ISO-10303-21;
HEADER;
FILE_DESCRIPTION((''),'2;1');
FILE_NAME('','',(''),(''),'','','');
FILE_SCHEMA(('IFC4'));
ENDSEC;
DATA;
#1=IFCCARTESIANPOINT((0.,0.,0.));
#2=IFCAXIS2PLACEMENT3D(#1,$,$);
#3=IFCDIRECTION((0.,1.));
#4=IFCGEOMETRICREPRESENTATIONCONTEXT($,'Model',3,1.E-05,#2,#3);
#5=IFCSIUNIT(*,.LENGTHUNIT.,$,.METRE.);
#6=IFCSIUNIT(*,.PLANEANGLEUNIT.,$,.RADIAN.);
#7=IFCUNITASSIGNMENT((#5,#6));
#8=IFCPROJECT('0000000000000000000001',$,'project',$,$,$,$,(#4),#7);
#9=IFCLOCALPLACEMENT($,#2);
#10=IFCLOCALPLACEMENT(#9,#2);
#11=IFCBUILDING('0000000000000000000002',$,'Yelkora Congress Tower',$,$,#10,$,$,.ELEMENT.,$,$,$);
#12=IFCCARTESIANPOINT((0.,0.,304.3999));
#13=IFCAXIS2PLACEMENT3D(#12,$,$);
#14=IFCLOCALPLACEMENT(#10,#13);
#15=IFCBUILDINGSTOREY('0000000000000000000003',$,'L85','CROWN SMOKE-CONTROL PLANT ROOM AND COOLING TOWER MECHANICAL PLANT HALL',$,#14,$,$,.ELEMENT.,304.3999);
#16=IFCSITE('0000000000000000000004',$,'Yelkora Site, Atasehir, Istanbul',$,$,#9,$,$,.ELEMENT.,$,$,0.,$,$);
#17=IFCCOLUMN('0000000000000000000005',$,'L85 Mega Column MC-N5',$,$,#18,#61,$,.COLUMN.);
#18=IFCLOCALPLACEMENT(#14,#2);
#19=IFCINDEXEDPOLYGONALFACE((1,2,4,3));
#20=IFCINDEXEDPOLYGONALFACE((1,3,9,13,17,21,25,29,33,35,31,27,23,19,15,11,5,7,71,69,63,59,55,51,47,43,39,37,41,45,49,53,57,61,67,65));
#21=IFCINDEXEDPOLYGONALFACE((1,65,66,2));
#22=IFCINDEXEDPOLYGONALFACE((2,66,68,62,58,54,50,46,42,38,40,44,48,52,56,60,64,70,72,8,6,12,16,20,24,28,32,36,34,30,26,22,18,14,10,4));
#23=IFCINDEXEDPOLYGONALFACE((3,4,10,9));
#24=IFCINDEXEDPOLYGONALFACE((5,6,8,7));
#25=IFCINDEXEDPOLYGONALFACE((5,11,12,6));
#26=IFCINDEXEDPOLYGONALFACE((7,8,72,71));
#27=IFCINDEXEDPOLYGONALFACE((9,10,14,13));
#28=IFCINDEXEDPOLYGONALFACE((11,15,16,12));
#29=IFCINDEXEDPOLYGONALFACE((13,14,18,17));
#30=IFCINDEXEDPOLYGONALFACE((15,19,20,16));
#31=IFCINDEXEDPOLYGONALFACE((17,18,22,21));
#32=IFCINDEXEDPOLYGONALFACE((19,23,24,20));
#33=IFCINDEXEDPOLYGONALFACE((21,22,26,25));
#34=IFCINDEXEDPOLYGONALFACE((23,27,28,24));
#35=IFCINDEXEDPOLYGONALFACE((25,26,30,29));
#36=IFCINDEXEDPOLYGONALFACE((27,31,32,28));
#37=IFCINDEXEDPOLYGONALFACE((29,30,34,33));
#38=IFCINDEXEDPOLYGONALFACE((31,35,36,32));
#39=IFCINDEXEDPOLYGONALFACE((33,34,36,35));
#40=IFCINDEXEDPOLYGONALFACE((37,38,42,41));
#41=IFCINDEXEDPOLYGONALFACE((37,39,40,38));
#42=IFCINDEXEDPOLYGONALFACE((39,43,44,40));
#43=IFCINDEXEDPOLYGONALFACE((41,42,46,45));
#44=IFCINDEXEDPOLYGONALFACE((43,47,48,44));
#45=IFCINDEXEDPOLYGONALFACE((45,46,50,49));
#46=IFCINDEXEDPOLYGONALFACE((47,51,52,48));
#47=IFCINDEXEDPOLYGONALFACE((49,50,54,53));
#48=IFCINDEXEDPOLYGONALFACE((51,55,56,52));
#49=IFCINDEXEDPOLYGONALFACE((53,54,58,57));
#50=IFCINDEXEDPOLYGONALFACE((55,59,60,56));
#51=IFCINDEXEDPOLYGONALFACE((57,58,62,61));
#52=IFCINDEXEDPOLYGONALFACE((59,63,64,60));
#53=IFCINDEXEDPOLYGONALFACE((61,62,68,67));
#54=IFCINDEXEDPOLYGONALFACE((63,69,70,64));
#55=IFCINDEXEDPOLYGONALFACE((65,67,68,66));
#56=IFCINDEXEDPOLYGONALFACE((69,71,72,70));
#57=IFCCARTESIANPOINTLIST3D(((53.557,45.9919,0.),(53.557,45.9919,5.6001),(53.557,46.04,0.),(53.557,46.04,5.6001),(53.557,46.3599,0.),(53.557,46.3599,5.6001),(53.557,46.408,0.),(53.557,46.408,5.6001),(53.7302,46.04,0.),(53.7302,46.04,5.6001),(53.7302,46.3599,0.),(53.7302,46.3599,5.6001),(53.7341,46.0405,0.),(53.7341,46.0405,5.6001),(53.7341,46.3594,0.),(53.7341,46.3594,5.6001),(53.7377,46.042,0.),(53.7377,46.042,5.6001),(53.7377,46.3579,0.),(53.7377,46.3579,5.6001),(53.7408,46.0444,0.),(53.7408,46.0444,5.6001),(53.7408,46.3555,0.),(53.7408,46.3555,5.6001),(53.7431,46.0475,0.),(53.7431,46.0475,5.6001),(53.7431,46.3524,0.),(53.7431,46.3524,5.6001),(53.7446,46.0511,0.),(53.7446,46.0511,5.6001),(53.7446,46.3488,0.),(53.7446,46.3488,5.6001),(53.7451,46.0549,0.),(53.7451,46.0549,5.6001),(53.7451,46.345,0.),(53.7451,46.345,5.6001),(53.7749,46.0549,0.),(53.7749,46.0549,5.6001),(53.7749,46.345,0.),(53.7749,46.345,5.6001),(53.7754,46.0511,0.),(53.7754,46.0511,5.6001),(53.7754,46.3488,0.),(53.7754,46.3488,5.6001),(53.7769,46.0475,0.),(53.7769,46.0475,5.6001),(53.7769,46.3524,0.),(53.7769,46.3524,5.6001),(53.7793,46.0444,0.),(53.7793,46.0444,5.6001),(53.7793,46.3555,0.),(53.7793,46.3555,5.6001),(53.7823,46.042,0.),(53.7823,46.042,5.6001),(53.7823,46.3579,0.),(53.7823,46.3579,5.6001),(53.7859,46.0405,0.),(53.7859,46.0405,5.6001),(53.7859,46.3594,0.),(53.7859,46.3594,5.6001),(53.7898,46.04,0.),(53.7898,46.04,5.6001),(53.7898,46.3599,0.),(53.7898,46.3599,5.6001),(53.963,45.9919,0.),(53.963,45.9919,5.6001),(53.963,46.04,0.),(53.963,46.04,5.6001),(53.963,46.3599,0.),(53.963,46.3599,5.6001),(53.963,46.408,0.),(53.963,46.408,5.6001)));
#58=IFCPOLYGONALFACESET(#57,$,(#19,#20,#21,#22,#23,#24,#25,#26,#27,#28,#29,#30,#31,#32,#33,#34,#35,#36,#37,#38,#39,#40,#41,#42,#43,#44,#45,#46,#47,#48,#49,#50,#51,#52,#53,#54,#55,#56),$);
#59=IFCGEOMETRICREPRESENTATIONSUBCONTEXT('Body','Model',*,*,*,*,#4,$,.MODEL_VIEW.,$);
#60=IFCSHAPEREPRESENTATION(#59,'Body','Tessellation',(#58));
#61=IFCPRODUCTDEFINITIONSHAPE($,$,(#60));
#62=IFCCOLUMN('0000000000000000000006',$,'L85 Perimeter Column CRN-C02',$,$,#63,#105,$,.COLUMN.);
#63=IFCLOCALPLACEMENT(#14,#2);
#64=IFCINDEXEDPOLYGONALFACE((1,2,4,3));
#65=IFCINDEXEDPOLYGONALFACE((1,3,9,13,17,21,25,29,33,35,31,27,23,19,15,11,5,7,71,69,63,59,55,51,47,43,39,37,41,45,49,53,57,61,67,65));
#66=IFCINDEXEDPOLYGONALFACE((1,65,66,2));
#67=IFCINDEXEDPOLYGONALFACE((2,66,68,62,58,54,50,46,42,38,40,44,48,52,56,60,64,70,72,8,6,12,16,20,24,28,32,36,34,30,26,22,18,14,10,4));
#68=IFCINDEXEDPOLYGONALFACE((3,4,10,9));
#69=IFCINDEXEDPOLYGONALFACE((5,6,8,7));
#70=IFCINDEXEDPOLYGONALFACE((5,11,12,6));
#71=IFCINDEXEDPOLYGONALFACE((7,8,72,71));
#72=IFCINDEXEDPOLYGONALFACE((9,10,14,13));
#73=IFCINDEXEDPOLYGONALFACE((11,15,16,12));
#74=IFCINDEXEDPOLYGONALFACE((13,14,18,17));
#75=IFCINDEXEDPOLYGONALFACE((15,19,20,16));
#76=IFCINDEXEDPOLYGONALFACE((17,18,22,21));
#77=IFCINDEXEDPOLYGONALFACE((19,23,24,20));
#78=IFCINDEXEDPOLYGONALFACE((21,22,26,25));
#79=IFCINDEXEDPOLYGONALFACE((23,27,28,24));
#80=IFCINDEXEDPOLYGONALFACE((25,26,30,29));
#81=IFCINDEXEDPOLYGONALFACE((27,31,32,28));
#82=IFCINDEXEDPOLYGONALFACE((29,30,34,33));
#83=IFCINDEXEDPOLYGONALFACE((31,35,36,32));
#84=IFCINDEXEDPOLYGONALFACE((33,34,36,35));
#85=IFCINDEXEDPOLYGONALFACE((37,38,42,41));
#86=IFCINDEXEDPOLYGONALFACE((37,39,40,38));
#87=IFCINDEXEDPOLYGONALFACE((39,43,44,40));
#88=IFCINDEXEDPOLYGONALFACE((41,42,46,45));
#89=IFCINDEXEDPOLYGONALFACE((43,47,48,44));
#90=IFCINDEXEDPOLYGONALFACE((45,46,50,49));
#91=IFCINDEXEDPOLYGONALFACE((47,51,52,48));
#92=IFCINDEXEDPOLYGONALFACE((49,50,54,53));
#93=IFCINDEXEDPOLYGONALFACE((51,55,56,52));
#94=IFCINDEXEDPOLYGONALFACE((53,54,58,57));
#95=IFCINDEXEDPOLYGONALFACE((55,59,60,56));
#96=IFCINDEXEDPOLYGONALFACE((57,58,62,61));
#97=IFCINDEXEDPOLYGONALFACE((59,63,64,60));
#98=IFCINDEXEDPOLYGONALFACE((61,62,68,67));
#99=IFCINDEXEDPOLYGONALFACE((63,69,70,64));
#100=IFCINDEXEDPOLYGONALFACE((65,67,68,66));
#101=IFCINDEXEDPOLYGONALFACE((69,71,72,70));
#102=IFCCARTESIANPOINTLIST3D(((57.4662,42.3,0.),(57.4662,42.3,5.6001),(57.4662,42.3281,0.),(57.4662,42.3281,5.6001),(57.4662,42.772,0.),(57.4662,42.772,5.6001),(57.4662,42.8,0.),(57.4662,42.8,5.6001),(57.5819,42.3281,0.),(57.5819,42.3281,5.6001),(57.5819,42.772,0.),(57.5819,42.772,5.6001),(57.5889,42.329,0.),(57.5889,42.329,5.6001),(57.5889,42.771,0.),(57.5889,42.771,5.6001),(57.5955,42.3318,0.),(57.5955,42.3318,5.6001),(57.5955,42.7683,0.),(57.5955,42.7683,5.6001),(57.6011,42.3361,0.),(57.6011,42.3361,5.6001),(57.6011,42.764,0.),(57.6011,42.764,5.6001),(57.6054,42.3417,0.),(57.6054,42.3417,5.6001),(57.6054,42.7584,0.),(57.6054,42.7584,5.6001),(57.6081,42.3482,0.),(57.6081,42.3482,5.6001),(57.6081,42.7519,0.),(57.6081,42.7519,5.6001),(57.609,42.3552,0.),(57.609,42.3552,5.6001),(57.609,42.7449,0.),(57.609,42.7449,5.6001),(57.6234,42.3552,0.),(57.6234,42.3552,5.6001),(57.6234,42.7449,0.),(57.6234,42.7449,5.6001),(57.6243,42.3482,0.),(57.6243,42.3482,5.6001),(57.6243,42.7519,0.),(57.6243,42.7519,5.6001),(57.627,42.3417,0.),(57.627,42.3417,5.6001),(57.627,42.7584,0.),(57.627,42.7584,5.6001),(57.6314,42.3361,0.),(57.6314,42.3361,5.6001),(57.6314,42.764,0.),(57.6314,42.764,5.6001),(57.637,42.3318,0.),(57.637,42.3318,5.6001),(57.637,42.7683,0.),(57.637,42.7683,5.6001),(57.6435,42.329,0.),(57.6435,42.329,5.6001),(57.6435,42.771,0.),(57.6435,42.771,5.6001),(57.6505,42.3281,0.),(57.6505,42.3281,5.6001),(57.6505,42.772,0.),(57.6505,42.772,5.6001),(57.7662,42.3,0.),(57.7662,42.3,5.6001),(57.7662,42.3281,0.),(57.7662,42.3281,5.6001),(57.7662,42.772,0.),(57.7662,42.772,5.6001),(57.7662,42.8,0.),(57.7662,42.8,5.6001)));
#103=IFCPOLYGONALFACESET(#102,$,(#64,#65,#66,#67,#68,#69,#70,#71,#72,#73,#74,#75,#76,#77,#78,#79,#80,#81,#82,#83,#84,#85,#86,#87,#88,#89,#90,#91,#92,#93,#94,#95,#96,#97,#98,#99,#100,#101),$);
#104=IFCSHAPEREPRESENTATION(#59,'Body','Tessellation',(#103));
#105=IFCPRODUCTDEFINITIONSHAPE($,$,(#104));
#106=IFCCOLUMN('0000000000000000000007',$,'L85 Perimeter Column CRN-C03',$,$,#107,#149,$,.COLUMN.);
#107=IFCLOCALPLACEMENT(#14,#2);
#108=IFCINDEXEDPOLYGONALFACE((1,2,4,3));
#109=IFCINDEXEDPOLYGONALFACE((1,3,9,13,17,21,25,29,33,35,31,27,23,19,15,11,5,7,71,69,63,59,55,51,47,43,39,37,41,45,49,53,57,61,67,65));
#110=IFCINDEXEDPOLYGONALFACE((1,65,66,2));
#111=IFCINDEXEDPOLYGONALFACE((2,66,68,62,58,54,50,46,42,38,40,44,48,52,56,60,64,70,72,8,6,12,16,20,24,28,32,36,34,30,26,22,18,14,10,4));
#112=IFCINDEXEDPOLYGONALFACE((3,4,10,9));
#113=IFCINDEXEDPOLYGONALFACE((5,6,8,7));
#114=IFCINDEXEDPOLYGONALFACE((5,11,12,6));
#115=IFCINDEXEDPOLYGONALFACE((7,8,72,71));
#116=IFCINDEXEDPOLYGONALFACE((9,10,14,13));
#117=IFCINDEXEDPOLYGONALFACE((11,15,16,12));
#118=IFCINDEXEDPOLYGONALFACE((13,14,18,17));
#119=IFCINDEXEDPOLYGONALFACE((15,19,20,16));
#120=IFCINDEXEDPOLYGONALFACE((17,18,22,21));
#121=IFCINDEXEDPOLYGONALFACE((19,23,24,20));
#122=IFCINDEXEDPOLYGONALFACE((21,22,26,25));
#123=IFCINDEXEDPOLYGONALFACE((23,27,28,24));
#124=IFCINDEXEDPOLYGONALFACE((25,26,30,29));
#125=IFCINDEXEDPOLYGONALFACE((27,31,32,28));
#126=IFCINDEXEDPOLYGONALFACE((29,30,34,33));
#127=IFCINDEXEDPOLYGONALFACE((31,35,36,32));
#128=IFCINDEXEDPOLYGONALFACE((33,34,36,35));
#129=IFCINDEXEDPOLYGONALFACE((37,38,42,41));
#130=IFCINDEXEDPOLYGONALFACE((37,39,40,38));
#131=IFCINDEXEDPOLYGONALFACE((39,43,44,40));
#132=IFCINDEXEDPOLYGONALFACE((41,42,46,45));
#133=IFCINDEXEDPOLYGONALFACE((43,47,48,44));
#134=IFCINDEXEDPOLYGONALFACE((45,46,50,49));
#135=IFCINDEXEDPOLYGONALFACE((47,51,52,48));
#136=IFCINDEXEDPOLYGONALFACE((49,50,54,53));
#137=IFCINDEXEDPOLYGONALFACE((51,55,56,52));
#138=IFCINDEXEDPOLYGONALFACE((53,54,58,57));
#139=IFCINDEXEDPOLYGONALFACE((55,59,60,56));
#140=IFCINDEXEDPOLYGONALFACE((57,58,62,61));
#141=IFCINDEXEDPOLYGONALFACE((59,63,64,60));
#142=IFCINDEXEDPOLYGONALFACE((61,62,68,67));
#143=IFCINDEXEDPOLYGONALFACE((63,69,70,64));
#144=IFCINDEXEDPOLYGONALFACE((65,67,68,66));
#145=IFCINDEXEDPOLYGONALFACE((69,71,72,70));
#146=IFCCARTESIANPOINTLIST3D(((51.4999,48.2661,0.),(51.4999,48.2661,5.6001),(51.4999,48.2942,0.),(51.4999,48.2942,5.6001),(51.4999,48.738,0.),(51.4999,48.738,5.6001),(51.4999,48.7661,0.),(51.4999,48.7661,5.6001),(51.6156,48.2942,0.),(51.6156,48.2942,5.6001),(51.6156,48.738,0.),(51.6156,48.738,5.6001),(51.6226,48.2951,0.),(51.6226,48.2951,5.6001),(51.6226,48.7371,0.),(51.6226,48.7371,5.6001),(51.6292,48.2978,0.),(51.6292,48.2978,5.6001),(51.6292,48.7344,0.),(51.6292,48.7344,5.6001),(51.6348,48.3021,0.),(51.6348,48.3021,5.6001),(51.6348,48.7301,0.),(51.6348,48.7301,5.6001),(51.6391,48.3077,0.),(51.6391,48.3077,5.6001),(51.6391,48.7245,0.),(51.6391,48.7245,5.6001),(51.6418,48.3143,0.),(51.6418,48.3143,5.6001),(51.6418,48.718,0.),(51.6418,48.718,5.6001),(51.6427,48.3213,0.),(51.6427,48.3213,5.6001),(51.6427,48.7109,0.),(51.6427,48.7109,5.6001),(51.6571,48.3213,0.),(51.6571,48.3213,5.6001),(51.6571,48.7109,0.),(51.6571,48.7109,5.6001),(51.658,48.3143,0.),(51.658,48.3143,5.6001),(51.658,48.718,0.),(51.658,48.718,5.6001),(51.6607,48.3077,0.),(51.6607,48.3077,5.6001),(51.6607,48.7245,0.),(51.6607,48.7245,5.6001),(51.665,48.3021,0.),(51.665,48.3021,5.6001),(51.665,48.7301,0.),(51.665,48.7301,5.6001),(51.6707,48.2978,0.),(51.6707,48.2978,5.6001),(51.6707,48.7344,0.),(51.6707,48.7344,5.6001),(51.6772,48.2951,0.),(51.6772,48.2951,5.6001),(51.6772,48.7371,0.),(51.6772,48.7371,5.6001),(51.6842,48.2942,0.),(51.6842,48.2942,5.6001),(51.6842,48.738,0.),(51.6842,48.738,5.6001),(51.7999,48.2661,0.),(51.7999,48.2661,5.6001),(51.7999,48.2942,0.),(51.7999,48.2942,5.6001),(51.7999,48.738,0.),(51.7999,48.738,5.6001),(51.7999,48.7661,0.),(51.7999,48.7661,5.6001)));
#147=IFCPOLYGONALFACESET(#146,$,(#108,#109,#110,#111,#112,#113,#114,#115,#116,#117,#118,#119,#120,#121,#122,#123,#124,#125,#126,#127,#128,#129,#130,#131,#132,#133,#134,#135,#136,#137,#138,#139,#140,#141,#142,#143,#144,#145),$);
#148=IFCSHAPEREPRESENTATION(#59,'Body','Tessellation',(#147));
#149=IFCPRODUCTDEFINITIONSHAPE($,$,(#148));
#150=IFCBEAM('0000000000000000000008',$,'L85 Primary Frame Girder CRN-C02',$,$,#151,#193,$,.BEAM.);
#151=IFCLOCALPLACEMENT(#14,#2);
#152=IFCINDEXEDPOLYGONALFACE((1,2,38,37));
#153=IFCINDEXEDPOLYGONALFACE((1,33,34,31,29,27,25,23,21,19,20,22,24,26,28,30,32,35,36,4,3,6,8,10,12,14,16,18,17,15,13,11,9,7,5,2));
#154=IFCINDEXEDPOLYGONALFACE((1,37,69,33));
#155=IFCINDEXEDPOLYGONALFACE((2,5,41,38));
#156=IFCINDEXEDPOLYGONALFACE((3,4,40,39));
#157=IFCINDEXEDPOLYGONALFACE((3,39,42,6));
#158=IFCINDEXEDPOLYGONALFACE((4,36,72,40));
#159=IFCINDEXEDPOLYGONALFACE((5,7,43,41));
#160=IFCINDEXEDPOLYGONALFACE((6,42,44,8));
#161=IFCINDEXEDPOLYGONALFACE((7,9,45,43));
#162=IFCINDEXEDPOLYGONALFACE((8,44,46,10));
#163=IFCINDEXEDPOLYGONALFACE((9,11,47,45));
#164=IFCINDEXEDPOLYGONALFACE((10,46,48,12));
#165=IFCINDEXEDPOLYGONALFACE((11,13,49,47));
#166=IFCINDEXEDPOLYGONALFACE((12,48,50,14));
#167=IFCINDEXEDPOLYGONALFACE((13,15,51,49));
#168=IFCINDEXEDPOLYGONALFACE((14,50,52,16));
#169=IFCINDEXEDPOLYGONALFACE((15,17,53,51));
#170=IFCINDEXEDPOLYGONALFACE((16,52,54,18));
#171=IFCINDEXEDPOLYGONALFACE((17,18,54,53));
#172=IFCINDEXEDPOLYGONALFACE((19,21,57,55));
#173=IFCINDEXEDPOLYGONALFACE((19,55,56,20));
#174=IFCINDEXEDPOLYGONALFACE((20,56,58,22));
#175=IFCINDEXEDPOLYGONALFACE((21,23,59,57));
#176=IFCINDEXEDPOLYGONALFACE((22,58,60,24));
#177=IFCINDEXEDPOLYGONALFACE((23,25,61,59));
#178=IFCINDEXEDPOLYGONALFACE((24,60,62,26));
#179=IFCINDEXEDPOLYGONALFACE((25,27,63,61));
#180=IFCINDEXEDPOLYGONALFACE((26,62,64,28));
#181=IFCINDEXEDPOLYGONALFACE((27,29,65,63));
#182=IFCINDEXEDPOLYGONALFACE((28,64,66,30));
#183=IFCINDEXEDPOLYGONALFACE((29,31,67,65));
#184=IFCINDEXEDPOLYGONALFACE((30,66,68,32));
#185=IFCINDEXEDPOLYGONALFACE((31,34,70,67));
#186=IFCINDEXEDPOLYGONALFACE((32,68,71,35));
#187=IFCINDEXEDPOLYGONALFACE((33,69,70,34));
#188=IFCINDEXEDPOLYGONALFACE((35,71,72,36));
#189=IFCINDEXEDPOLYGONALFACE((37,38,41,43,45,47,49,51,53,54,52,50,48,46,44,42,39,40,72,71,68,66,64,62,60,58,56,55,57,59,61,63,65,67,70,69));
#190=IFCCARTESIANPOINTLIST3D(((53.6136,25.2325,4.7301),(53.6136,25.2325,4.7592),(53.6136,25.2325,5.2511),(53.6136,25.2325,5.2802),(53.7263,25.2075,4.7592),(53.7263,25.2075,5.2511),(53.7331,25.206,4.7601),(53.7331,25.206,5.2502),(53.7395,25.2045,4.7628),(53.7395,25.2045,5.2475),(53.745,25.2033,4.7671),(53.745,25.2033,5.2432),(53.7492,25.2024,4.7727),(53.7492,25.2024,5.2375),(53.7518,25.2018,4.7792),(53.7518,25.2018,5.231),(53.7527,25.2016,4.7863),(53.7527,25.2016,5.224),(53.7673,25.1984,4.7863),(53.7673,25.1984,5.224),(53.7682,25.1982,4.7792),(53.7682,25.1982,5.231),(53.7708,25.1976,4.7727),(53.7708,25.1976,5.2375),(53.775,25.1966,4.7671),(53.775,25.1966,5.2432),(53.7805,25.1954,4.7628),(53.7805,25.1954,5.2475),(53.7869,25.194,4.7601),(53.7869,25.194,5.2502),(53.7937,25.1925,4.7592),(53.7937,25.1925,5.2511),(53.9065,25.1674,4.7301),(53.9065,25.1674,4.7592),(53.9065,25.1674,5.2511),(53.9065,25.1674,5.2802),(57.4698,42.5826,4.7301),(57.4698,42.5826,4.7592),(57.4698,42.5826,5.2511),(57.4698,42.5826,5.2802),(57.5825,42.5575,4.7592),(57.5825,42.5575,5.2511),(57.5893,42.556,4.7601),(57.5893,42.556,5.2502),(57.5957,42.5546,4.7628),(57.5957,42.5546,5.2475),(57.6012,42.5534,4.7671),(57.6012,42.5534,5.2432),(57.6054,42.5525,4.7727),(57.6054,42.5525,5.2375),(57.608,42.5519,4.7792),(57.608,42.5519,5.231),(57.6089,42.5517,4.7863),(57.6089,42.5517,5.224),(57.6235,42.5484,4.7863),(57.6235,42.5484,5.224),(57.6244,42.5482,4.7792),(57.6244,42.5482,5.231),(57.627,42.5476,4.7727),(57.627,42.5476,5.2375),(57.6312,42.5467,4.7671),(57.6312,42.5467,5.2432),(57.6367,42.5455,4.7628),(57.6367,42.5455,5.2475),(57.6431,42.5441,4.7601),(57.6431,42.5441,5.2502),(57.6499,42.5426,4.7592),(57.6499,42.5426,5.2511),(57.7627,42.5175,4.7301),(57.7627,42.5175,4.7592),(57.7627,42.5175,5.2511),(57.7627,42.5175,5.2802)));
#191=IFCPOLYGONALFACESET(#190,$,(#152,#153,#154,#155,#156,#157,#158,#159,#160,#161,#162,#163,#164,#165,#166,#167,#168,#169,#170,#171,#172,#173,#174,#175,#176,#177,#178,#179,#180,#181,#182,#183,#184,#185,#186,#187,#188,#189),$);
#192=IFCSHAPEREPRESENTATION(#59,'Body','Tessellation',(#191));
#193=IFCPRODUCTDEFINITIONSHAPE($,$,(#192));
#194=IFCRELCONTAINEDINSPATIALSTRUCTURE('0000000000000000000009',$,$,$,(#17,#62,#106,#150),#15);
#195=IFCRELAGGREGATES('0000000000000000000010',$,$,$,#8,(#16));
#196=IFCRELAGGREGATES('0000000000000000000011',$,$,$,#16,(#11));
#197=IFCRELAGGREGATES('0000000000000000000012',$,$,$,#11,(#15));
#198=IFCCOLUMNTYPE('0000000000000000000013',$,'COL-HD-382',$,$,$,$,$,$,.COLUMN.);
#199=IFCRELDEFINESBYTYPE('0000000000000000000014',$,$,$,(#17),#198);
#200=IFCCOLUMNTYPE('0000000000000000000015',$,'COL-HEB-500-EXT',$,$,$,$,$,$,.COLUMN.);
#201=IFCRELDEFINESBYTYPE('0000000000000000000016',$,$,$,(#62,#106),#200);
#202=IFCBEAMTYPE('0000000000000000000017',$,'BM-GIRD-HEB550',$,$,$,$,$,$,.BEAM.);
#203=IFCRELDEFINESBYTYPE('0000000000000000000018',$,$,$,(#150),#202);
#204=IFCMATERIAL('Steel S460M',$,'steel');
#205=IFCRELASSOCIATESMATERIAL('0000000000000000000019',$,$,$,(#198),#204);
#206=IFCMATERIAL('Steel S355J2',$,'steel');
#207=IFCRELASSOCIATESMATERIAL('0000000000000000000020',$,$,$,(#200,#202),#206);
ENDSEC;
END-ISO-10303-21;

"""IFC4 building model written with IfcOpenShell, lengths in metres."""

from ifc_helpers import new_model, si_unit, direction, frame, origin, origin_2d, place, context, subcontext, project, spatial, i_section, extrude, material, material_profile, profile_set, type_object, element, save


model = new_model("IFC4")

# Units and contexts
model_context = context("Model", 3, precision=1e-05, world=origin(), true_north=direction((0.0, 1.0)))
body_context = subcontext(model_context, "Body", "Model", "MODEL_VIEW")
ifc_project = project(units=[si_unit("LENGTHUNIT", "METRE"), si_unit("PLANEANGLEUNIT", "RADIAN")], contexts=[model_context])

# Site, building, storey
site_placement = place(None, origin())
site = spatial("IfcSite", under=ifc_project, at=site_placement, Name="Yelkora Site, Atasehir, Istanbul", CompositionType="ELEMENT", RefElevation=0.0)
building_placement = place(site_placement, origin())
building = spatial("IfcBuilding", under=site, at=building_placement, Name="Yelkora Congress Tower", CompositionType="ELEMENT")
storey_placement = place(building_placement, frame((0.0, 0.0, 304.3999)))
storey = spatial("IfcBuildingStorey", under=building, at=storey_placement, Name="L85", Description="CROWN SMOKE-CONTROL PLANT ROOM AND COOLING TOWER MECHANICAL PLANT HALL", CompositionType="ELEMENT", Elevation=304.3999)

# Columns
ifc_material_1 = material(Name="Steel S460M", Category="steel")
ifc_material_profile_1 = material_profile(ifc_material_1, i_section(OverallWidth=0.406, OverallDepth=0.416, WebThickness=0.0298, FlangeThickness=0.0481, FilletRadius=0.0149, at=origin_2d()), Name="HD 400x382")
ifc_profile_set_1 = profile_set([ifc_material_profile_1], Name="Steel S460M")
column_type_1 = type_object("IfcColumnType", Name="COL-HD-382", PredefinedType="COLUMN", material=ifc_profile_set_1)
column_placement = place(storey_placement, frame((53.76, 46.2, 0.0), z_axis=(0.0, 0.0, 1.0), x_axis=(1.0, 0.0, 0.0)))
element("IfcColumn", 1, at=column_placement, inside=storey, type_object=column_type_1, Name="L85 Mega Column MC-N5", PredefinedType="COLUMN", context=body_context, shape_type="SweptSolid", body=[
    extrude(i_section(OverallWidth=0.406, OverallDepth=0.416, WebThickness=0.0298, FlangeThickness=0.0481, FilletRadius=0.0149, at=origin_2d()), origin(), (0.0, 0.0, 1.0), 5.6001),
])
ifc_material_2 = material(Name="Steel S355J2", Category="steel")
ifc_material_profile_2 = material_profile(ifc_material_2, i_section(OverallWidth=0.3, OverallDepth=0.5, WebThickness=0.0144, FlangeThickness=0.0281, FilletRadius=0.0271, at=origin_2d()), Name="HEB 500")
ifc_profile_set_2 = profile_set([ifc_material_profile_2], Name="Steel S355J2")
column_type_2 = type_object("IfcColumnType", Name="COL-HEB-500-EXT", PredefinedType="COLUMN", material=ifc_profile_set_2)
for number, where, z_axis, x_axis, name in (
    (2, (57.6162, 42.55, 0.0), (0.0, 0.0, 1.0), (1.0, 0.0, 0.0), "L85 Perimeter Column CRN-C02"),
    (3, (51.6499, 48.5161, 0.0), (0.0, 0.0, 1.0), (1.0, 0.0, 0.0), "L85 Perimeter Column CRN-C03"),
):
    element("IfcColumn", number, at=place(storey_placement, frame(where, z_axis=z_axis, x_axis=x_axis)), inside=storey, type_object=column_type_2, Name=name, PredefinedType="COLUMN", context=body_context, shape_type="SweptSolid", body=[
        extrude(i_section(OverallWidth=0.3, OverallDepth=0.5, WebThickness=0.0144, FlangeThickness=0.0281, FilletRadius=0.0271, at=origin_2d()), origin(), (0.0, 0.0, 1.0), 5.6001),
    ])

# Beam
ifc_material_profile_3 = material_profile(ifc_material_2, i_section(OverallWidth=0.3, OverallDepth=0.55, WebThickness=0.0149, FlangeThickness=0.0291, FilletRadius=0.0271, at=origin_2d()), Name="HEB 550")
ifc_profile_set_3 = profile_set([ifc_material_profile_3], Name="Steel S355J2")
beam_type_1 = type_object("IfcBeamType", Name="BM-GIRD-HEB550", PredefinedType="BEAM", material=ifc_profile_set_3)
beam_1_placement = place(storey_placement, frame((57.6162, 42.55, 5.0051), z_axis=(-0.216964, -0.97618, 0.0), x_axis=(0.97618, -0.216964, 0.0)))
element("IfcBeam", 4, at=beam_1_placement, inside=storey, type_object=beam_type_1, Name="L85 Primary Frame Girder CRN-C02", PredefinedType="BEAM", context=body_context, shape_type="SweptSolid", body=[
    extrude(i_section(OverallWidth=0.3, OverallDepth=0.55, WebThickness=0.0149, FlangeThickness=0.0291, FilletRadius=0.0271, at=origin_2d()), origin(), (0.0, 0.0, 1.0), 17.7734),
])

save(model, "model.ifc")
